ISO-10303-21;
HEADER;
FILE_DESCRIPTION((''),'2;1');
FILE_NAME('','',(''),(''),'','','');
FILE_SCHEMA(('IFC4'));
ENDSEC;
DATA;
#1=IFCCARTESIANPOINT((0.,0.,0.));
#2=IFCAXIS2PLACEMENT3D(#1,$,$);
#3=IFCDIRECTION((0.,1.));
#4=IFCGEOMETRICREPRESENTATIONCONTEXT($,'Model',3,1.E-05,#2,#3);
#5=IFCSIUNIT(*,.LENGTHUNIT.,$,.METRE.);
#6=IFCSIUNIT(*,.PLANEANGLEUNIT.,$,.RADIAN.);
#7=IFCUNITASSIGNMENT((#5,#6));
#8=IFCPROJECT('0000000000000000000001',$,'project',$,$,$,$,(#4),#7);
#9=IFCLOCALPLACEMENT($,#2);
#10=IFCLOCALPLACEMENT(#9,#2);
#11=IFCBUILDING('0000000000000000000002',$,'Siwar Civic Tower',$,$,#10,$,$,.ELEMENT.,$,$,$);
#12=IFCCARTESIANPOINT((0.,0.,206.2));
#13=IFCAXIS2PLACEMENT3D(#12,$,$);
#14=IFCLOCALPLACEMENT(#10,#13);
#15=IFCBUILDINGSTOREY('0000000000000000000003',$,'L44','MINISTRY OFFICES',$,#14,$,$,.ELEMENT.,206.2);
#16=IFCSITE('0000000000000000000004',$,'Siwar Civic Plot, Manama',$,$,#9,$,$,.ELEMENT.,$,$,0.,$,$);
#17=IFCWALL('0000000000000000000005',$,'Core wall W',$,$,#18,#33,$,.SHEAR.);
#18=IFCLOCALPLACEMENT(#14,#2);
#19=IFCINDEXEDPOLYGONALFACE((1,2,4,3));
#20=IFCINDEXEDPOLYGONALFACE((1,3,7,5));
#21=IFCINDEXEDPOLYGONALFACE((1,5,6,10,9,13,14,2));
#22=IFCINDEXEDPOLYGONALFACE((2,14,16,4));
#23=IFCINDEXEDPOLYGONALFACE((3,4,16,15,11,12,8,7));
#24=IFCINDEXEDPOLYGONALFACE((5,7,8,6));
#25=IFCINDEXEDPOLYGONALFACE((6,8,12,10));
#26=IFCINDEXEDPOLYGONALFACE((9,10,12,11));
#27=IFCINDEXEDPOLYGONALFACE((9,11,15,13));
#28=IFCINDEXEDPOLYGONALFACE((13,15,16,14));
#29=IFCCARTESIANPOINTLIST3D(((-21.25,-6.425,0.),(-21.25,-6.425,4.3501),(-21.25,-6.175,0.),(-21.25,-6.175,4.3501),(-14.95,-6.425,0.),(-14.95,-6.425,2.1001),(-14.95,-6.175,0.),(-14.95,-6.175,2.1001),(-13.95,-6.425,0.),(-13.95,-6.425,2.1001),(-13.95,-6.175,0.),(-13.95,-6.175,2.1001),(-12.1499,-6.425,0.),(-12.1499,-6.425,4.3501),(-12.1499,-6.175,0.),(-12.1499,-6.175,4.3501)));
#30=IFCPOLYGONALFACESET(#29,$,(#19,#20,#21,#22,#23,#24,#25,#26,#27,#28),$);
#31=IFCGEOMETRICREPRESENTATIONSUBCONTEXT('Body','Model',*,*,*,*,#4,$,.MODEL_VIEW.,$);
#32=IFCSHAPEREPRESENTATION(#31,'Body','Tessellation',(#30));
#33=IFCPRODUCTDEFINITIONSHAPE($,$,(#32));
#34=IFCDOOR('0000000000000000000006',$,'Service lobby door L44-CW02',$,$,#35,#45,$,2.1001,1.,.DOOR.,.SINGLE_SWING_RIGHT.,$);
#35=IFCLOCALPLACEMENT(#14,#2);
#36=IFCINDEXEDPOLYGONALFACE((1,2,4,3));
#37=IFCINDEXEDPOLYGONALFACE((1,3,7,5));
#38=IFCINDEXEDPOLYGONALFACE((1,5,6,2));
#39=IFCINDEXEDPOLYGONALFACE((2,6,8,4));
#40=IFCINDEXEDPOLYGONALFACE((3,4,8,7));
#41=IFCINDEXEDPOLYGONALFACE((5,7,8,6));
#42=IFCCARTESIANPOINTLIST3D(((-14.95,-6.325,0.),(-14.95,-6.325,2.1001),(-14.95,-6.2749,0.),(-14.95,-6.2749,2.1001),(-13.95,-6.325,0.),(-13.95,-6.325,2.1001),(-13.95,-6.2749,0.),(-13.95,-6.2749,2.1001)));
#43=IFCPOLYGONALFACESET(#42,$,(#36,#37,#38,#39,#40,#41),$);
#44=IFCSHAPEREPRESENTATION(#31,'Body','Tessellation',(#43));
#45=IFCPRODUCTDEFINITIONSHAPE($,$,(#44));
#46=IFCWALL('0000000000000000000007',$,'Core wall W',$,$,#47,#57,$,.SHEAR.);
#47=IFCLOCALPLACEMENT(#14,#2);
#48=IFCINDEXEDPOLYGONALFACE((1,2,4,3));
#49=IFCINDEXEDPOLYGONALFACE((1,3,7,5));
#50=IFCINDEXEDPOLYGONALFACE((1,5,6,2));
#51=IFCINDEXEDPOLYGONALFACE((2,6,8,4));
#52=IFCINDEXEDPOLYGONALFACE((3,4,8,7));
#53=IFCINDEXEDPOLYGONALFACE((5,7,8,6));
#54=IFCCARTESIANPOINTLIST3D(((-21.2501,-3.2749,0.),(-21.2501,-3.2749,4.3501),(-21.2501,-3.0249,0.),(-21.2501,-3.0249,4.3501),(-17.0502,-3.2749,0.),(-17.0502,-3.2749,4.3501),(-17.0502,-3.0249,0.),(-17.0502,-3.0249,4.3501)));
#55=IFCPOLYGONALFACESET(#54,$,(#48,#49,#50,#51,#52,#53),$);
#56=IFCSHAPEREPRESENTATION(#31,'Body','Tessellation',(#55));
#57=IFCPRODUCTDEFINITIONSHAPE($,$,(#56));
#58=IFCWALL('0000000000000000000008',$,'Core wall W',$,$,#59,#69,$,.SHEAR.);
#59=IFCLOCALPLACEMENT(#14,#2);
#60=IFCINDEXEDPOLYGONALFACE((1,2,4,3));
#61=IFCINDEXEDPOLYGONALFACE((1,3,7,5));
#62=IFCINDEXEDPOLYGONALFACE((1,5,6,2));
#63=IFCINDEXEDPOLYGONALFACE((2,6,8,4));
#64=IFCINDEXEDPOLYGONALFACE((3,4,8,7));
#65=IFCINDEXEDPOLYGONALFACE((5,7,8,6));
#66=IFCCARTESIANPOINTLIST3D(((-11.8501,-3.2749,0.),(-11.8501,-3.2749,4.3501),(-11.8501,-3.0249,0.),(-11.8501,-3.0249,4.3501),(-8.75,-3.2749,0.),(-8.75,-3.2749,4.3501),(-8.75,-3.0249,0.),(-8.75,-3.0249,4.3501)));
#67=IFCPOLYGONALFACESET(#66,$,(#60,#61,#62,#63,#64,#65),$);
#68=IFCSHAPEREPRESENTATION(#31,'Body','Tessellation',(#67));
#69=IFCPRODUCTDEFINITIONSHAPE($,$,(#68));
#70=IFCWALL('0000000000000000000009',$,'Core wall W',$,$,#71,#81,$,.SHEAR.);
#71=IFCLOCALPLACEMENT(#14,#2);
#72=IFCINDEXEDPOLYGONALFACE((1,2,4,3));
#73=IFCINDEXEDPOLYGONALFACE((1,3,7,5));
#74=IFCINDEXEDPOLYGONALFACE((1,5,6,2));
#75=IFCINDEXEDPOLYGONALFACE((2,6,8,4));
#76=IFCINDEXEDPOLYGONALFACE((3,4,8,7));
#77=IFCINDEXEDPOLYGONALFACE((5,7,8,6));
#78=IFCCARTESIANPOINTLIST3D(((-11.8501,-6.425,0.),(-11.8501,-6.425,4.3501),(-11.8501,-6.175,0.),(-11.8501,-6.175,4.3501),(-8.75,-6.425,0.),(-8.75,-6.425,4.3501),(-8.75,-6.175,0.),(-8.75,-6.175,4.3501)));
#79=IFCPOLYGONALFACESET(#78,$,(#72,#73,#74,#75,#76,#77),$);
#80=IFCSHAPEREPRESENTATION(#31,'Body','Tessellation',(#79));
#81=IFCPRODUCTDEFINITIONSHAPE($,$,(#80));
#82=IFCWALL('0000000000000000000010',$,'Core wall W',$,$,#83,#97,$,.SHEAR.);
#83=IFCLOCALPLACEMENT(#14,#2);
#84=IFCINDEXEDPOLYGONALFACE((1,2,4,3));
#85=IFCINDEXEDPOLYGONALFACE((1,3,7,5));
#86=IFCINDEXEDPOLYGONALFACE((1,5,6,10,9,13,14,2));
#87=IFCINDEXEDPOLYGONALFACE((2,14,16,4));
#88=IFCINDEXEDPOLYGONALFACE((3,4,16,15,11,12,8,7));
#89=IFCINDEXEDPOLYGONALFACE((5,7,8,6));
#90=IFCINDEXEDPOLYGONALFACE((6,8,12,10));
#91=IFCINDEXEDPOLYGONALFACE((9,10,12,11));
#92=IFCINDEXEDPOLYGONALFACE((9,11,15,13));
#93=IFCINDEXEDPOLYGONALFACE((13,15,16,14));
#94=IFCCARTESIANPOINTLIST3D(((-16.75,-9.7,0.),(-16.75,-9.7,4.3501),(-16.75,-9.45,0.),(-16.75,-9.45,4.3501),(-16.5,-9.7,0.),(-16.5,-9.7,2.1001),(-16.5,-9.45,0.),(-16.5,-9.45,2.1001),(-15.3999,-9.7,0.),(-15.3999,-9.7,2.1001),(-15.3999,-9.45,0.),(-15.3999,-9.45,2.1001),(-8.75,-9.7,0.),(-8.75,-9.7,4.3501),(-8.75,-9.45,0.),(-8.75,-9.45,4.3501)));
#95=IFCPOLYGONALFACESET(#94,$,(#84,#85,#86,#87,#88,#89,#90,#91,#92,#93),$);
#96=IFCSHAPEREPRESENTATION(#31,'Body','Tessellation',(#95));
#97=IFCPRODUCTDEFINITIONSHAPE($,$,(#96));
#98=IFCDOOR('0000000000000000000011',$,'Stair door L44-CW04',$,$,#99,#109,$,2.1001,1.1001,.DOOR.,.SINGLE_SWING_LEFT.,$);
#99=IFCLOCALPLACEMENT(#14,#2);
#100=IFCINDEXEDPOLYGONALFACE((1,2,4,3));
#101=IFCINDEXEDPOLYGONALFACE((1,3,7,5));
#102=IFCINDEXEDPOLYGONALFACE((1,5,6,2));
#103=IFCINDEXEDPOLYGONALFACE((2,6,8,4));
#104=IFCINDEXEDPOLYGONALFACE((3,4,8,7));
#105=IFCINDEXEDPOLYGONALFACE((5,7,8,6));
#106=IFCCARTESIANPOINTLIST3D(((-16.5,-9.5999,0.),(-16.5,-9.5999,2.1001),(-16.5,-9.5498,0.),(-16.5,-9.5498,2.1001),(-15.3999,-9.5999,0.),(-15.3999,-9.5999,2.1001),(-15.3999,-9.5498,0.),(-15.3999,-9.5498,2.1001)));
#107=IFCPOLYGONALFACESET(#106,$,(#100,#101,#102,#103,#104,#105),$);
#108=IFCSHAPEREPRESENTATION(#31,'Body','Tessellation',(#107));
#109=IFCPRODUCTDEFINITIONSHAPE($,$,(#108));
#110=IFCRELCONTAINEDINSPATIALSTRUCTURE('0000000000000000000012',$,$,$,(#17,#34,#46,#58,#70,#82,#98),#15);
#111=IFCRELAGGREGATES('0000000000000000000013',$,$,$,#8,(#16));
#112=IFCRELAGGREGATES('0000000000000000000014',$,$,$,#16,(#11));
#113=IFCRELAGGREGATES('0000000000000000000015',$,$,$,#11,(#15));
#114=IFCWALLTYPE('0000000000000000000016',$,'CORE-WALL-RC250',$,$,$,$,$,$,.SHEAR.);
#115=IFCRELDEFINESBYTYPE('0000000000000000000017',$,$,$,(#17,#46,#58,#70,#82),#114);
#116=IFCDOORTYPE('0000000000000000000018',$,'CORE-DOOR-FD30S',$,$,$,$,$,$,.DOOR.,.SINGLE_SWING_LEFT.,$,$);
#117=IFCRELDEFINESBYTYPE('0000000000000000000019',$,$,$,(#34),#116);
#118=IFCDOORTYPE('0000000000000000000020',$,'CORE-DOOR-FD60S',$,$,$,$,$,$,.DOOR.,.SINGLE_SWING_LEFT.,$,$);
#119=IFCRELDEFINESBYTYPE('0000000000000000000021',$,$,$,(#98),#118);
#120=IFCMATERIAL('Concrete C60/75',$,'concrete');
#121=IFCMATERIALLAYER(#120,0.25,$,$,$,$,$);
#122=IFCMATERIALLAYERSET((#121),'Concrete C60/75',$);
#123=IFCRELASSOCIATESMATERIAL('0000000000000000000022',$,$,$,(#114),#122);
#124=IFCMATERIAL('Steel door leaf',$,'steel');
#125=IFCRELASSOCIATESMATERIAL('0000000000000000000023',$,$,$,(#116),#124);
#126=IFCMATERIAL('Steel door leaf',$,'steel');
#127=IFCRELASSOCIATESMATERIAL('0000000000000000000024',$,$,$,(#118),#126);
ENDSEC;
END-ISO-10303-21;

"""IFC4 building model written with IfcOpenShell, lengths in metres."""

from ifc_helpers import new_model, si_unit, direction, frame, frame_2d, origin, place, context, subcontext, project, spatial, rectangle, extrude, material, layer, layer_set, type_object, element, fill, save


model = new_model("IFC4")

# Units and contexts
model_context = context("Model", 3, precision=1e-05, world=origin(), true_north=direction((0.0, 1.0)))
body_context = subcontext(model_context, "Body", "Model", "MODEL_VIEW")
ifc_project = project(units=[si_unit("LENGTHUNIT", "METRE"), si_unit("PLANEANGLEUNIT", "RADIAN")], contexts=[model_context])

# Site, building, storey
site_placement = place(None, origin())
site = spatial("IfcSite", under=ifc_project, at=site_placement, Name="Siwar Civic Plot, Manama", CompositionType="ELEMENT", RefElevation=0.0)
building_placement = place(site_placement, origin())
building = spatial("IfcBuilding", under=site, at=building_placement, Name="Siwar Civic Tower", CompositionType="ELEMENT")
storey_placement = place(building_placement, frame((0.0, 0.0, 206.2)))
storey = spatial("IfcBuildingStorey", under=building, at=storey_placement, Name="L44", Description="MINISTRY OFFICES", CompositionType="ELEMENT", Elevation=206.2)

# Wall, opening, door
ifc_material_1 = material(Name="Concrete C60/75", Category="concrete")
ifc_layer_1 = layer(ifc_material_1, 0.25)
ifc_layer_set_1 = layer_set([ifc_layer_1], Name="Concrete C60/75")
wall_type_1 = type_object("IfcWallType", Name="CORE-WALL-RC250", PredefinedType="SHEAR", material=ifc_layer_set_1)
wall_1_placement = place(storey_placement, frame((-12.1499, -6.3, 0.0), z_axis=(0.0, 0.0, 1.0), x_axis=(-1.0, 0.0, 0.0)))
wall_1 = element("IfcWall", 1, at=wall_1_placement, inside=storey, type_object=wall_type_1, Name="Core wall W", PredefinedType="SHEAR", context=body_context, shape_type="SweptSolid", body=[
    extrude(rectangle(XDim=9.1001, YDim=0.25, at=frame_2d((4.55, 0.0))), origin(), (0.0, 0.0, 1.0), 4.3501),
])
opening_1_placement = place(wall_1_placement, frame((1.8, 0.0, 0.0)))
opening_1 = element("IfcOpeningElement", 2, at=opening_1_placement, cuts=wall_1, PredefinedType="OPENING", context=body_context, shape_type="SweptSolid", body=[
    extrude(rectangle(XDim=1.0, YDim=2.1001, at=frame_2d((0.5, 1.05))), frame((0.0, 0.135, 0.0), z_axis=(0.0, -1.0, 0.0), x_axis=(1.0, 0.0, 0.0)), (0.0, 0.0, 1.0), 0.27),
])
ifc_material_2 = material(Name="Steel door leaf", Category="steel")
door_type_1 = type_object("IfcDoorType", Name="CORE-DOOR-FD30S", OperationType="SINGLE_SWING_LEFT", PredefinedType="DOOR", material=ifc_material_2)
door_1_placement = place(opening_1_placement, origin())
door_1 = element("IfcDoor", 3, at=door_1_placement, inside=storey, type_object=door_type_1, Name="Service lobby door L44-CW02", OperationType="SINGLE_SWING_RIGHT", OverallHeight=2.1001, OverallWidth=1.0, PredefinedType="DOOR", context=body_context, shape_type="SweptSolid", body=[
    extrude(rectangle(XDim=1.0, YDim=2.1001, at=frame_2d((0.5, 1.05))), frame((0.0, 0.0249, 0.0), z_axis=(0.0, -1.0, 0.0), x_axis=(1.0, 0.0, 0.0)), (0.0, 0.0, 1.0), 0.05),
])
fill(opening_1, door_1)

# Walls
wall_2_placement = place(storey_placement, frame((-17.05, -3.1499, 0.0), z_axis=(0.0, 0.0, 1.0), x_axis=(-1.0, 0.0, 0.0)))
element("IfcWall", 4, at=wall_2_placement, inside=storey, type_object=wall_type_1, Name="Core wall W", PredefinedType="SHEAR", context=body_context, shape_type="SweptSolid", body=[
    extrude(rectangle(XDim=4.2, YDim=0.25, at=frame_2d((2.1001, 0.0))), origin(), (0.0, 0.0, 1.0), 4.3501),
])
for number, where, z_axis, x_axis, name in (
    (5, (-8.75, -3.1499, 0.0), (0.0, 0.0, 1.0), (-1.0, 0.0, 0.0), "Core wall W"),
    (6, (-8.75, -6.3, 0.0), (0.0, 0.0, 1.0), (-1.0, 0.0, 0.0), "Core wall W"),
):
    element("IfcWall", number, at=place(storey_placement, frame(where, z_axis=z_axis, x_axis=x_axis)), inside=storey, type_object=wall_type_1, Name=name, PredefinedType="SHEAR", context=body_context, shape_type="SweptSolid", body=[
        extrude(rectangle(XDim=3.1001, YDim=0.25, at=frame_2d((1.55, 0.0))), origin(), (0.0, 0.0, 1.0), 4.3501),
    ])

# Wall, opening, door
wall_3_placement = place(storey_placement, frame((-8.75, -9.575, 0.0), z_axis=(0.0, 0.0, 1.0), x_axis=(-1.0, 0.0, 0.0)))
wall_3 = element("IfcWall", 7, at=wall_3_placement, inside=storey, type_object=wall_type_1, Name="Core wall W", PredefinedType="SHEAR", context=body_context, shape_type="SweptSolid", body=[
    extrude(rectangle(XDim=8.0, YDim=0.25, at=frame_2d((4.0, 0.0))), origin(), (0.0, 0.0, 1.0), 4.3501),
])
opening_2_placement = place(wall_3_placement, frame((6.6499, 0.0, 0.0)))
opening_2 = element("IfcOpeningElement", 8, at=opening_2_placement, cuts=wall_3, PredefinedType="OPENING", context=body_context, shape_type="SweptSolid", body=[
    extrude(rectangle(XDim=1.1001, YDim=2.1001, at=frame_2d((0.55, 1.05))), frame((0.0, 0.135, 0.0), z_axis=(0.0, -1.0, 0.0), x_axis=(1.0, 0.0, 0.0)), (0.0, 0.0, 1.0), 0.27),
])
ifc_material_3 = material(Name="Steel door leaf", Category="steel")
door_type_2 = type_object("IfcDoorType", Name="CORE-DOOR-FD60S", OperationType="SINGLE_SWING_LEFT", PredefinedType="DOOR", material=ifc_material_3)
door_2_placement = place(opening_2_placement, origin())
door_2 = element("IfcDoor", 9, at=door_2_placement, inside=storey, type_object=door_type_2, Name="Stair door L44-CW04", OperationType="SINGLE_SWING_LEFT", OverallHeight=2.1001, OverallWidth=1.1001, PredefinedType="DOOR", context=body_context, shape_type="SweptSolid", body=[
    extrude(rectangle(XDim=1.1001, YDim=2.1001, at=frame_2d((0.55, 1.05))), frame((0.0, 0.0249, 0.0), z_axis=(0.0, -1.0, 0.0), x_axis=(1.0, 0.0, 0.0)), (0.0, 0.0, 1.0), 0.05),
])
fill(opening_2, door_2)

save(model, "model.ifc")
